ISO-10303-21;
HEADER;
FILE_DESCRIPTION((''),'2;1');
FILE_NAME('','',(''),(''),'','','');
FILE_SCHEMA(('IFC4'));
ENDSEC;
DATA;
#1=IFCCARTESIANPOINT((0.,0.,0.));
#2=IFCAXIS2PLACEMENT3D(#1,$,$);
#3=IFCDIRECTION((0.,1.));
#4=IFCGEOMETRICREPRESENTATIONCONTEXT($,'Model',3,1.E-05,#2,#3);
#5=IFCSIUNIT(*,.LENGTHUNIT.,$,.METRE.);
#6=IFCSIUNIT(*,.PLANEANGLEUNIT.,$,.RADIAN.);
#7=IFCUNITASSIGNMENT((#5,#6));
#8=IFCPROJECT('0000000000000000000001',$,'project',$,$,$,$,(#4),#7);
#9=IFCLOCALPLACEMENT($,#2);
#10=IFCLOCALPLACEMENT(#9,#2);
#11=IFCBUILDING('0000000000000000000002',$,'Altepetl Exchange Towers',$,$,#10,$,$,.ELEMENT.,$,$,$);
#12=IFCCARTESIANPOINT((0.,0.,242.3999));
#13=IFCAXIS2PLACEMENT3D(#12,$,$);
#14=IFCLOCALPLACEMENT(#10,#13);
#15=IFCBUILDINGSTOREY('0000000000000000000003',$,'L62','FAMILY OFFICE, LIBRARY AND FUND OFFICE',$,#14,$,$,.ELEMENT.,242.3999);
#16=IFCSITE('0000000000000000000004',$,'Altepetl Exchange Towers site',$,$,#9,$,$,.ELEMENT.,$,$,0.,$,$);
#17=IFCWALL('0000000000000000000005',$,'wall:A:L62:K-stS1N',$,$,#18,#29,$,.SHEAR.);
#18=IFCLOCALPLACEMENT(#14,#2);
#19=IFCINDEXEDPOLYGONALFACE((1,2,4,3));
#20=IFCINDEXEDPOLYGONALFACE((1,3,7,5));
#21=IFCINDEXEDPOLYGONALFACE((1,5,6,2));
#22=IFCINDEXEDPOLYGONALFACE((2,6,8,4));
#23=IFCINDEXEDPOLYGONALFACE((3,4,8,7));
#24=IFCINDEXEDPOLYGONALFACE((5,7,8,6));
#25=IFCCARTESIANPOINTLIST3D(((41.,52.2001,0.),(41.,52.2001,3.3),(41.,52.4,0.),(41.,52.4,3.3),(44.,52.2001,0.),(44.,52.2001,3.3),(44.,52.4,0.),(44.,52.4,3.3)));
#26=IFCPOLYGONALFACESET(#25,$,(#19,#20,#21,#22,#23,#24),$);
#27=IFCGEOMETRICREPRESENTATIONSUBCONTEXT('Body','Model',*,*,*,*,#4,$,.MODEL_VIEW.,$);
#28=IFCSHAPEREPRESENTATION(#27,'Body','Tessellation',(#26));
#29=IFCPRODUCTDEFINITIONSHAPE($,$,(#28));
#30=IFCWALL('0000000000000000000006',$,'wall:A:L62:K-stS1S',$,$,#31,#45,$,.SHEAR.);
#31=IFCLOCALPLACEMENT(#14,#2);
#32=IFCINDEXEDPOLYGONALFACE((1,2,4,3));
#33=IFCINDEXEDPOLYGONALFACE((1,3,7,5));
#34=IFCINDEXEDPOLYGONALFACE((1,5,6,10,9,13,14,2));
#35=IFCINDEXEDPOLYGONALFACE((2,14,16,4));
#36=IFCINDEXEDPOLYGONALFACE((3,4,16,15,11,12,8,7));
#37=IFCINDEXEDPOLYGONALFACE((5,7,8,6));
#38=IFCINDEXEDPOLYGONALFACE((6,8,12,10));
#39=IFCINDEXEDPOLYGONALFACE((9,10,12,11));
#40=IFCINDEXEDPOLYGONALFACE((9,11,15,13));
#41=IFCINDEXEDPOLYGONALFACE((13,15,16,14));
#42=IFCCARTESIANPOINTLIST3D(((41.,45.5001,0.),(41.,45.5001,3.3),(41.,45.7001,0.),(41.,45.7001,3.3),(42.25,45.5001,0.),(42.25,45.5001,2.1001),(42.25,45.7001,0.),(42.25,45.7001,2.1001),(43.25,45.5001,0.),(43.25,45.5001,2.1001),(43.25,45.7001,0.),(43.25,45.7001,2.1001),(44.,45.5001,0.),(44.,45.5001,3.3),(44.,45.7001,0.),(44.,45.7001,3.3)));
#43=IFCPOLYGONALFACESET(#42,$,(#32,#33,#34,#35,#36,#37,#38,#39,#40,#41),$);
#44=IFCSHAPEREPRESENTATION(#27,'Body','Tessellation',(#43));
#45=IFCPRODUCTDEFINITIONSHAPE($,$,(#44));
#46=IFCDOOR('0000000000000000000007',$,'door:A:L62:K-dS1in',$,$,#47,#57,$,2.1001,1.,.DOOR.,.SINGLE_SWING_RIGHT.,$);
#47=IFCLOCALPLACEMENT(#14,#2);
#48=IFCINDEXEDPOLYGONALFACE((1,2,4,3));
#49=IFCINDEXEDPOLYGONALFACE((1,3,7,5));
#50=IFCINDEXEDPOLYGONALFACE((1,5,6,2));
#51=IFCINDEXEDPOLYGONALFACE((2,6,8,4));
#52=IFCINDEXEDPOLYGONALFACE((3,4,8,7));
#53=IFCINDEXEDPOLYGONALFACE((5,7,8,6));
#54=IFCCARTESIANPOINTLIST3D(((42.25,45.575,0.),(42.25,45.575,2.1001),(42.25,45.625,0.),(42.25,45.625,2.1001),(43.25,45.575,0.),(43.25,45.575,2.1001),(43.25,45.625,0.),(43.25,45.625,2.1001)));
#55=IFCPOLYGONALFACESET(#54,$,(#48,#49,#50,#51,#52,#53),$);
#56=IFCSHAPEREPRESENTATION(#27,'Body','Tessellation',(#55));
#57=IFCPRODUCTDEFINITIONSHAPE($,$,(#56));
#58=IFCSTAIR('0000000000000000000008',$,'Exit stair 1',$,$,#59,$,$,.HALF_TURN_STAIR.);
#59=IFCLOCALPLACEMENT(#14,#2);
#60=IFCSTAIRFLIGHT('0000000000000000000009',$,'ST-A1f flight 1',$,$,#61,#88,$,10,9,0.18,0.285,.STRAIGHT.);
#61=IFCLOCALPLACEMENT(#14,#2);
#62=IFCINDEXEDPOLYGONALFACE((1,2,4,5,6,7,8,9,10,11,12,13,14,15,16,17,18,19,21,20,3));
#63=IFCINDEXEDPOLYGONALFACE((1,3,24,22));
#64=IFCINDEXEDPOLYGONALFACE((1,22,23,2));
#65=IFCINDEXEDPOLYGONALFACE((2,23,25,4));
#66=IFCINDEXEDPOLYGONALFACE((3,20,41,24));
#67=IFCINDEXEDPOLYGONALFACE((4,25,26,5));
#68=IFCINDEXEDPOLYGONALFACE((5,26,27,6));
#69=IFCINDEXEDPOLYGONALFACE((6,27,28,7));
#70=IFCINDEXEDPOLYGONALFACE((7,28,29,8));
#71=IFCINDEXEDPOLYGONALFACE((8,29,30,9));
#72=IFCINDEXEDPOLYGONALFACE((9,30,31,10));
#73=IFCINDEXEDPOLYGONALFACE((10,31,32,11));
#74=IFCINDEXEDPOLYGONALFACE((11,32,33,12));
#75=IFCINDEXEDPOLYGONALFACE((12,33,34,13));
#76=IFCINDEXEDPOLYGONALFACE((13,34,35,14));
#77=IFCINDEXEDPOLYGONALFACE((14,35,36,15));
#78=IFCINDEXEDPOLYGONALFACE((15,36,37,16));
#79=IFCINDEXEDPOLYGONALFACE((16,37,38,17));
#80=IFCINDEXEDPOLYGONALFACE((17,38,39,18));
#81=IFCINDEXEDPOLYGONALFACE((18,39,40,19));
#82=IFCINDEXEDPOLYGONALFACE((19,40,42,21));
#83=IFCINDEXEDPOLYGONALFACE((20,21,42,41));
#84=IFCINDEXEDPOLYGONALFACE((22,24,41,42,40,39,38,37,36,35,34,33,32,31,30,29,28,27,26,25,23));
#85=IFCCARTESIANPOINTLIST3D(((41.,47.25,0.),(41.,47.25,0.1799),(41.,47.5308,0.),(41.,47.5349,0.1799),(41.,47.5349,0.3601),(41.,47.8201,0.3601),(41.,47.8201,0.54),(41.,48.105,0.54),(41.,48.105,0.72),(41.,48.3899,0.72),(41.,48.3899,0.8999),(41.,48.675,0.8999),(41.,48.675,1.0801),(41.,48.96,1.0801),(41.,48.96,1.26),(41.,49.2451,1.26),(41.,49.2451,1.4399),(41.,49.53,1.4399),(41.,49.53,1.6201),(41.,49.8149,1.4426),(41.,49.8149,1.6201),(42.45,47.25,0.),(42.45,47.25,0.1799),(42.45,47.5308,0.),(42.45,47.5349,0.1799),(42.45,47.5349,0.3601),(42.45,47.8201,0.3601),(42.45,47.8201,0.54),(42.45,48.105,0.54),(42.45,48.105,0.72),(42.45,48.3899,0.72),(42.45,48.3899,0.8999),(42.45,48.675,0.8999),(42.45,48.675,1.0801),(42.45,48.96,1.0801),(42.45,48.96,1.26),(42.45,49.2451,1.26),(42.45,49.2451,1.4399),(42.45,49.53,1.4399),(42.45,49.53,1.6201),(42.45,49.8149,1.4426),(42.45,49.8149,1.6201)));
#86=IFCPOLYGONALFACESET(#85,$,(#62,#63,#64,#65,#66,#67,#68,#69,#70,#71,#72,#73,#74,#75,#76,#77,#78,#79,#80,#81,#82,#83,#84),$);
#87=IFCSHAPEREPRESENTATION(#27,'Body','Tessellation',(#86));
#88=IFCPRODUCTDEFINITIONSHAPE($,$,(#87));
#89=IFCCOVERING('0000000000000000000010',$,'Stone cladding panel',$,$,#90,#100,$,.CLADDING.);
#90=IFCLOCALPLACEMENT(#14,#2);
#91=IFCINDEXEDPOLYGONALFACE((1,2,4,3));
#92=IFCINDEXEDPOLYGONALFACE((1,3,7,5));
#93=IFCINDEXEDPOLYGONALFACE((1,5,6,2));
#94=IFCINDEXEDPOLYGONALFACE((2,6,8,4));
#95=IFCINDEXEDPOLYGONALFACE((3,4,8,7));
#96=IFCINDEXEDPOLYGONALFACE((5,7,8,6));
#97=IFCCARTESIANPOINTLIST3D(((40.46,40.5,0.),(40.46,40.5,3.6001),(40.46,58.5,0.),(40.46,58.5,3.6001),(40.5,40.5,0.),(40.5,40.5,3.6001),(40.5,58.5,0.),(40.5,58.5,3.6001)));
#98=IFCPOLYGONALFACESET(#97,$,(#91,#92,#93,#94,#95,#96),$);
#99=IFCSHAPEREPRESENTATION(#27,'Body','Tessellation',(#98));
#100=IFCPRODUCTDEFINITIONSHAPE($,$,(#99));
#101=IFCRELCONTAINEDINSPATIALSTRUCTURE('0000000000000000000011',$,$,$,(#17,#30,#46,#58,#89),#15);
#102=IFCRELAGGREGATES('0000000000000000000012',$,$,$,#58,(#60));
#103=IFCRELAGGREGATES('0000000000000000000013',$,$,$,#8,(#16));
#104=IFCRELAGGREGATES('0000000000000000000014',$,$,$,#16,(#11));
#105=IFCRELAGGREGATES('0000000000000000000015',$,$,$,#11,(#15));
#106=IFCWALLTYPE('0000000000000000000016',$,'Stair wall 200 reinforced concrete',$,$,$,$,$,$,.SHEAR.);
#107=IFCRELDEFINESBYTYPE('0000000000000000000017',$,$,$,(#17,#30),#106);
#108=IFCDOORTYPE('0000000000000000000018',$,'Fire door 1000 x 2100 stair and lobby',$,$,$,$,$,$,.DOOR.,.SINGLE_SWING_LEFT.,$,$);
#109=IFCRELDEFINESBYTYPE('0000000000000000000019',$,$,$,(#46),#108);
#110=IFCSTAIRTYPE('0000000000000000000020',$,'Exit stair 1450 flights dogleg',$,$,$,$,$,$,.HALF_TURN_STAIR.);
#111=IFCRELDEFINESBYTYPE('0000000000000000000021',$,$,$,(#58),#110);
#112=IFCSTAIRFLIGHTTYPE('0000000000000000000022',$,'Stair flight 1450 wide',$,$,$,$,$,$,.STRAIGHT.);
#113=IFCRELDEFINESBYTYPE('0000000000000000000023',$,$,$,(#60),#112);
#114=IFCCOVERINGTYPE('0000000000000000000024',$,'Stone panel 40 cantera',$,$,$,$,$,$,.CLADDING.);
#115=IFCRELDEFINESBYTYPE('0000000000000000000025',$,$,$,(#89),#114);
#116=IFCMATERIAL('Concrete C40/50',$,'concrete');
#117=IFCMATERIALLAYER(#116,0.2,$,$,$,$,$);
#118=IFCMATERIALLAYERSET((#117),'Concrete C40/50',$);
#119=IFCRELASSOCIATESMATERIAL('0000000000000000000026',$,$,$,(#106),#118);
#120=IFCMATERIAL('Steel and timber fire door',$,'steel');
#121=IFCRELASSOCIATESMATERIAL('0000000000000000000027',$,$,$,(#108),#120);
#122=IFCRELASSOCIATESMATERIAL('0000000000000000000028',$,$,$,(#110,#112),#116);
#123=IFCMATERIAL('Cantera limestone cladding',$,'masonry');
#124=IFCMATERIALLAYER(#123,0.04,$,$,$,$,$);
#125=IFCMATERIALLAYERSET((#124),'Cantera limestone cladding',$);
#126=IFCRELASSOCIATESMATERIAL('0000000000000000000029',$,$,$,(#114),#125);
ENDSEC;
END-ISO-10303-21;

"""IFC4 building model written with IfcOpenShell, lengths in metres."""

from ifc_helpers import new_model, si_unit, direction, frame, frame_2d, origin, origin_2d, place, context, subcontext, project, spatial, polyline, rectangle, outline, extrude, material, layer, layer_set, type_object, element, fill, aggregate, save


model = new_model("IFC4")

# Units and contexts
model_context = context("Model", 3, precision=1e-05, world=origin(), true_north=direction((0.0, 1.0)))
body_context = subcontext(model_context, "Body", "Model", "MODEL_VIEW")
ifc_project = project(units=[si_unit("LENGTHUNIT", "METRE"), si_unit("PLANEANGLEUNIT", "RADIAN")], contexts=[model_context])

# Site, building, storey
site_placement = place(None, origin())
site = spatial("IfcSite", under=ifc_project, at=site_placement, Name="Altepetl Exchange Towers site", CompositionType="ELEMENT", RefElevation=0.0)
building_placement = place(site_placement, origin())
building = spatial("IfcBuilding", under=site, at=building_placement, Name="Altepetl Exchange Towers", CompositionType="ELEMENT")
storey_placement = place(building_placement, frame((0.0, 0.0, 242.3999)))
storey = spatial("IfcBuildingStorey", under=building, at=storey_placement, Name="L62", Description="FAMILY OFFICE, LIBRARY AND FUND OFFICE", CompositionType="ELEMENT", Elevation=242.3999)

# Shared definitions
ifc_material_1 = material(Name="Concrete C40/50", Category="concrete")
ifc_material_2 = material(Name="Steel and timber fire door", Category="steel")

# Wall
ifc_layer_1 = layer(ifc_material_1, 0.2)
ifc_layer_set_1 = layer_set([ifc_layer_1], Name="Concrete C40/50")
wall_type_1 = type_object("IfcWallType", Name="Stair wall 200 reinforced concrete", PredefinedType="SHEAR", material=ifc_layer_set_1)
wall_1_placement = place(storey_placement, frame((41.0, 52.3, 0.0)))
element("IfcWall", 1, at=wall_1_placement, inside=storey, type_object=wall_type_1, Name="wall:A:L62:K-stS1N", PredefinedType="SHEAR", context=body_context, shape_type="SweptSolid", body=[
    extrude(rectangle(XDim=3.0, YDim=0.2, at=frame_2d((1.5, 0.0))), origin(), (0.0, 0.0, 1.0), 3.3),
])

# Wall, opening, door
wall_2_placement = place(storey_placement, frame((41.0, 45.6001, 0.0)))
wall_2 = element("IfcWall", 2, at=wall_2_placement, inside=storey, type_object=wall_type_1, Name="wall:A:L62:K-stS1S", PredefinedType="SHEAR", context=body_context, shape_type="SweptSolid", body=[
    extrude(rectangle(XDim=3.0, YDim=0.2, at=frame_2d((1.5, 0.0))), origin(), (0.0, 0.0, 1.0), 3.3),
])
opening_1_placement = place(wall_2_placement, frame((1.25, 0.0, 0.0)))
opening_1 = element("IfcOpeningElement", 3, at=opening_1_placement, cuts=wall_2, PredefinedType="OPENING", context=body_context, shape_type="SweptSolid", body=[
    extrude(rectangle(XDim=1.0, YDim=2.1001, at=frame_2d((0.5, 1.05))), frame((0.0, 0.1099, 0.0), z_axis=(0.0, -1.0, 0.0), x_axis=(1.0, 0.0, 0.0)), (0.0, 0.0, 1.0), 0.22),
])
door_type_1 = type_object("IfcDoorType", Name="Fire door 1000 x 2100 stair and lobby", OperationType="SINGLE_SWING_LEFT", PredefinedType="DOOR", material=ifc_material_2)
door_1_placement = place(opening_1_placement, origin())
door_1 = element("IfcDoor", 4, at=door_1_placement, inside=storey, type_object=door_type_1, Name="door:A:L62:K-dS1in", OperationType="SINGLE_SWING_RIGHT", OverallHeight=2.1001, OverallWidth=1.0, PredefinedType="DOOR", context=body_context, shape_type="SweptSolid", body=[
    extrude(rectangle(XDim=1.0, YDim=2.1001, at=frame_2d((0.5, 1.05))), frame((0.0, 0.0249, 0.0), z_axis=(0.0, -1.0, 0.0), x_axis=(1.0, 0.0, 0.0)), (0.0, 0.0, 1.0), 0.05),
])
fill(opening_1, door_1)

# Stair, stair flight
stair_type = type_object("IfcStairType", Name="Exit stair 1450 flights dogleg", PredefinedType="HALF_TURN_STAIR", material=ifc_material_1)
stair_placement = place(storey_placement, origin())
stair = element("IfcStair", 5, at=stair_placement, inside=storey, type_object=stair_type, Name="Exit stair 1", PredefinedType="HALF_TURN_STAIR")
stair_flight_type = type_object("IfcStairFlightType", Name="Stair flight 1450 wide", PredefinedType="STRAIGHT", material=ifc_material_1)
stair_flight_placement = place(storey_placement, frame((41.7251, 47.25, 0.0), z_axis=(0.0, 0.0, 1.0), x_axis=(0.0, 1.0, 0.0)))
stair_flight = element("IfcStairFlight", 6, at=stair_flight_placement, type_object=stair_flight_type, Name="ST-A1f flight 1", NumberOfRisers=10, NumberOfTreads=9, PredefinedType="STRAIGHT", RiserHeight=0.18, TreadLength=0.285, context=body_context, shape_type="SweptSolid", body=[
    extrude(outline(polyline([(0.0, 0.0), (0.0, 0.1799), (0.2849, 0.1799), (0.2849, 0.3601), (0.5701, 0.3601), (0.5701, 0.54), (0.855, 0.54), (0.855, 0.72), (1.1399, 0.72), (1.1399, 0.8999), (1.425, 0.8999), (1.425, 1.0801), (1.71, 1.0801), (1.71, 1.26), (1.9951, 1.26), (1.9951, 1.4399), (2.28, 1.4399), (2.28, 1.6201), (2.5649, 1.6201), (2.5649, 1.8), (2.5649, 1.4426), (0.2808, 0.0), (0.0, 0.0)])), frame((0.0, 0.7251, 0.0), z_axis=(0.0, -1.0, 0.0), x_axis=(1.0, 0.0, 0.0)), (0.0, 0.0, 1.0), 1.45),
])
aggregate(stair, [stair_flight])

# Covering
ifc_material_3 = material(Name="Cantera limestone cladding", Category="masonry")
ifc_layer_2 = layer(ifc_material_3, 0.04)
ifc_layer_set_2 = layer_set([ifc_layer_2], Name="Cantera limestone cladding")
covering_type = type_object("IfcCoveringType", Name="Stone panel 40 cantera", PredefinedType="CLADDING", material=ifc_layer_set_2)
covering_placement = place(storey_placement, frame((40.48, 49.5, 0.0), z_axis=(0.0, 0.0, 1.0), x_axis=(0.0, -1.0, 0.0)))
element("IfcCovering", 7, at=covering_placement, inside=storey, type_object=covering_type, Name="Stone cladding panel", PredefinedType="CLADDING", context=body_context, shape_type="SweptSolid", body=[
    extrude(rectangle(XDim=18.0, YDim=0.04, at=origin_2d()), origin(), (0.0, 0.0, 1.0), 3.6001),
])

save(model, "model.ifc")
